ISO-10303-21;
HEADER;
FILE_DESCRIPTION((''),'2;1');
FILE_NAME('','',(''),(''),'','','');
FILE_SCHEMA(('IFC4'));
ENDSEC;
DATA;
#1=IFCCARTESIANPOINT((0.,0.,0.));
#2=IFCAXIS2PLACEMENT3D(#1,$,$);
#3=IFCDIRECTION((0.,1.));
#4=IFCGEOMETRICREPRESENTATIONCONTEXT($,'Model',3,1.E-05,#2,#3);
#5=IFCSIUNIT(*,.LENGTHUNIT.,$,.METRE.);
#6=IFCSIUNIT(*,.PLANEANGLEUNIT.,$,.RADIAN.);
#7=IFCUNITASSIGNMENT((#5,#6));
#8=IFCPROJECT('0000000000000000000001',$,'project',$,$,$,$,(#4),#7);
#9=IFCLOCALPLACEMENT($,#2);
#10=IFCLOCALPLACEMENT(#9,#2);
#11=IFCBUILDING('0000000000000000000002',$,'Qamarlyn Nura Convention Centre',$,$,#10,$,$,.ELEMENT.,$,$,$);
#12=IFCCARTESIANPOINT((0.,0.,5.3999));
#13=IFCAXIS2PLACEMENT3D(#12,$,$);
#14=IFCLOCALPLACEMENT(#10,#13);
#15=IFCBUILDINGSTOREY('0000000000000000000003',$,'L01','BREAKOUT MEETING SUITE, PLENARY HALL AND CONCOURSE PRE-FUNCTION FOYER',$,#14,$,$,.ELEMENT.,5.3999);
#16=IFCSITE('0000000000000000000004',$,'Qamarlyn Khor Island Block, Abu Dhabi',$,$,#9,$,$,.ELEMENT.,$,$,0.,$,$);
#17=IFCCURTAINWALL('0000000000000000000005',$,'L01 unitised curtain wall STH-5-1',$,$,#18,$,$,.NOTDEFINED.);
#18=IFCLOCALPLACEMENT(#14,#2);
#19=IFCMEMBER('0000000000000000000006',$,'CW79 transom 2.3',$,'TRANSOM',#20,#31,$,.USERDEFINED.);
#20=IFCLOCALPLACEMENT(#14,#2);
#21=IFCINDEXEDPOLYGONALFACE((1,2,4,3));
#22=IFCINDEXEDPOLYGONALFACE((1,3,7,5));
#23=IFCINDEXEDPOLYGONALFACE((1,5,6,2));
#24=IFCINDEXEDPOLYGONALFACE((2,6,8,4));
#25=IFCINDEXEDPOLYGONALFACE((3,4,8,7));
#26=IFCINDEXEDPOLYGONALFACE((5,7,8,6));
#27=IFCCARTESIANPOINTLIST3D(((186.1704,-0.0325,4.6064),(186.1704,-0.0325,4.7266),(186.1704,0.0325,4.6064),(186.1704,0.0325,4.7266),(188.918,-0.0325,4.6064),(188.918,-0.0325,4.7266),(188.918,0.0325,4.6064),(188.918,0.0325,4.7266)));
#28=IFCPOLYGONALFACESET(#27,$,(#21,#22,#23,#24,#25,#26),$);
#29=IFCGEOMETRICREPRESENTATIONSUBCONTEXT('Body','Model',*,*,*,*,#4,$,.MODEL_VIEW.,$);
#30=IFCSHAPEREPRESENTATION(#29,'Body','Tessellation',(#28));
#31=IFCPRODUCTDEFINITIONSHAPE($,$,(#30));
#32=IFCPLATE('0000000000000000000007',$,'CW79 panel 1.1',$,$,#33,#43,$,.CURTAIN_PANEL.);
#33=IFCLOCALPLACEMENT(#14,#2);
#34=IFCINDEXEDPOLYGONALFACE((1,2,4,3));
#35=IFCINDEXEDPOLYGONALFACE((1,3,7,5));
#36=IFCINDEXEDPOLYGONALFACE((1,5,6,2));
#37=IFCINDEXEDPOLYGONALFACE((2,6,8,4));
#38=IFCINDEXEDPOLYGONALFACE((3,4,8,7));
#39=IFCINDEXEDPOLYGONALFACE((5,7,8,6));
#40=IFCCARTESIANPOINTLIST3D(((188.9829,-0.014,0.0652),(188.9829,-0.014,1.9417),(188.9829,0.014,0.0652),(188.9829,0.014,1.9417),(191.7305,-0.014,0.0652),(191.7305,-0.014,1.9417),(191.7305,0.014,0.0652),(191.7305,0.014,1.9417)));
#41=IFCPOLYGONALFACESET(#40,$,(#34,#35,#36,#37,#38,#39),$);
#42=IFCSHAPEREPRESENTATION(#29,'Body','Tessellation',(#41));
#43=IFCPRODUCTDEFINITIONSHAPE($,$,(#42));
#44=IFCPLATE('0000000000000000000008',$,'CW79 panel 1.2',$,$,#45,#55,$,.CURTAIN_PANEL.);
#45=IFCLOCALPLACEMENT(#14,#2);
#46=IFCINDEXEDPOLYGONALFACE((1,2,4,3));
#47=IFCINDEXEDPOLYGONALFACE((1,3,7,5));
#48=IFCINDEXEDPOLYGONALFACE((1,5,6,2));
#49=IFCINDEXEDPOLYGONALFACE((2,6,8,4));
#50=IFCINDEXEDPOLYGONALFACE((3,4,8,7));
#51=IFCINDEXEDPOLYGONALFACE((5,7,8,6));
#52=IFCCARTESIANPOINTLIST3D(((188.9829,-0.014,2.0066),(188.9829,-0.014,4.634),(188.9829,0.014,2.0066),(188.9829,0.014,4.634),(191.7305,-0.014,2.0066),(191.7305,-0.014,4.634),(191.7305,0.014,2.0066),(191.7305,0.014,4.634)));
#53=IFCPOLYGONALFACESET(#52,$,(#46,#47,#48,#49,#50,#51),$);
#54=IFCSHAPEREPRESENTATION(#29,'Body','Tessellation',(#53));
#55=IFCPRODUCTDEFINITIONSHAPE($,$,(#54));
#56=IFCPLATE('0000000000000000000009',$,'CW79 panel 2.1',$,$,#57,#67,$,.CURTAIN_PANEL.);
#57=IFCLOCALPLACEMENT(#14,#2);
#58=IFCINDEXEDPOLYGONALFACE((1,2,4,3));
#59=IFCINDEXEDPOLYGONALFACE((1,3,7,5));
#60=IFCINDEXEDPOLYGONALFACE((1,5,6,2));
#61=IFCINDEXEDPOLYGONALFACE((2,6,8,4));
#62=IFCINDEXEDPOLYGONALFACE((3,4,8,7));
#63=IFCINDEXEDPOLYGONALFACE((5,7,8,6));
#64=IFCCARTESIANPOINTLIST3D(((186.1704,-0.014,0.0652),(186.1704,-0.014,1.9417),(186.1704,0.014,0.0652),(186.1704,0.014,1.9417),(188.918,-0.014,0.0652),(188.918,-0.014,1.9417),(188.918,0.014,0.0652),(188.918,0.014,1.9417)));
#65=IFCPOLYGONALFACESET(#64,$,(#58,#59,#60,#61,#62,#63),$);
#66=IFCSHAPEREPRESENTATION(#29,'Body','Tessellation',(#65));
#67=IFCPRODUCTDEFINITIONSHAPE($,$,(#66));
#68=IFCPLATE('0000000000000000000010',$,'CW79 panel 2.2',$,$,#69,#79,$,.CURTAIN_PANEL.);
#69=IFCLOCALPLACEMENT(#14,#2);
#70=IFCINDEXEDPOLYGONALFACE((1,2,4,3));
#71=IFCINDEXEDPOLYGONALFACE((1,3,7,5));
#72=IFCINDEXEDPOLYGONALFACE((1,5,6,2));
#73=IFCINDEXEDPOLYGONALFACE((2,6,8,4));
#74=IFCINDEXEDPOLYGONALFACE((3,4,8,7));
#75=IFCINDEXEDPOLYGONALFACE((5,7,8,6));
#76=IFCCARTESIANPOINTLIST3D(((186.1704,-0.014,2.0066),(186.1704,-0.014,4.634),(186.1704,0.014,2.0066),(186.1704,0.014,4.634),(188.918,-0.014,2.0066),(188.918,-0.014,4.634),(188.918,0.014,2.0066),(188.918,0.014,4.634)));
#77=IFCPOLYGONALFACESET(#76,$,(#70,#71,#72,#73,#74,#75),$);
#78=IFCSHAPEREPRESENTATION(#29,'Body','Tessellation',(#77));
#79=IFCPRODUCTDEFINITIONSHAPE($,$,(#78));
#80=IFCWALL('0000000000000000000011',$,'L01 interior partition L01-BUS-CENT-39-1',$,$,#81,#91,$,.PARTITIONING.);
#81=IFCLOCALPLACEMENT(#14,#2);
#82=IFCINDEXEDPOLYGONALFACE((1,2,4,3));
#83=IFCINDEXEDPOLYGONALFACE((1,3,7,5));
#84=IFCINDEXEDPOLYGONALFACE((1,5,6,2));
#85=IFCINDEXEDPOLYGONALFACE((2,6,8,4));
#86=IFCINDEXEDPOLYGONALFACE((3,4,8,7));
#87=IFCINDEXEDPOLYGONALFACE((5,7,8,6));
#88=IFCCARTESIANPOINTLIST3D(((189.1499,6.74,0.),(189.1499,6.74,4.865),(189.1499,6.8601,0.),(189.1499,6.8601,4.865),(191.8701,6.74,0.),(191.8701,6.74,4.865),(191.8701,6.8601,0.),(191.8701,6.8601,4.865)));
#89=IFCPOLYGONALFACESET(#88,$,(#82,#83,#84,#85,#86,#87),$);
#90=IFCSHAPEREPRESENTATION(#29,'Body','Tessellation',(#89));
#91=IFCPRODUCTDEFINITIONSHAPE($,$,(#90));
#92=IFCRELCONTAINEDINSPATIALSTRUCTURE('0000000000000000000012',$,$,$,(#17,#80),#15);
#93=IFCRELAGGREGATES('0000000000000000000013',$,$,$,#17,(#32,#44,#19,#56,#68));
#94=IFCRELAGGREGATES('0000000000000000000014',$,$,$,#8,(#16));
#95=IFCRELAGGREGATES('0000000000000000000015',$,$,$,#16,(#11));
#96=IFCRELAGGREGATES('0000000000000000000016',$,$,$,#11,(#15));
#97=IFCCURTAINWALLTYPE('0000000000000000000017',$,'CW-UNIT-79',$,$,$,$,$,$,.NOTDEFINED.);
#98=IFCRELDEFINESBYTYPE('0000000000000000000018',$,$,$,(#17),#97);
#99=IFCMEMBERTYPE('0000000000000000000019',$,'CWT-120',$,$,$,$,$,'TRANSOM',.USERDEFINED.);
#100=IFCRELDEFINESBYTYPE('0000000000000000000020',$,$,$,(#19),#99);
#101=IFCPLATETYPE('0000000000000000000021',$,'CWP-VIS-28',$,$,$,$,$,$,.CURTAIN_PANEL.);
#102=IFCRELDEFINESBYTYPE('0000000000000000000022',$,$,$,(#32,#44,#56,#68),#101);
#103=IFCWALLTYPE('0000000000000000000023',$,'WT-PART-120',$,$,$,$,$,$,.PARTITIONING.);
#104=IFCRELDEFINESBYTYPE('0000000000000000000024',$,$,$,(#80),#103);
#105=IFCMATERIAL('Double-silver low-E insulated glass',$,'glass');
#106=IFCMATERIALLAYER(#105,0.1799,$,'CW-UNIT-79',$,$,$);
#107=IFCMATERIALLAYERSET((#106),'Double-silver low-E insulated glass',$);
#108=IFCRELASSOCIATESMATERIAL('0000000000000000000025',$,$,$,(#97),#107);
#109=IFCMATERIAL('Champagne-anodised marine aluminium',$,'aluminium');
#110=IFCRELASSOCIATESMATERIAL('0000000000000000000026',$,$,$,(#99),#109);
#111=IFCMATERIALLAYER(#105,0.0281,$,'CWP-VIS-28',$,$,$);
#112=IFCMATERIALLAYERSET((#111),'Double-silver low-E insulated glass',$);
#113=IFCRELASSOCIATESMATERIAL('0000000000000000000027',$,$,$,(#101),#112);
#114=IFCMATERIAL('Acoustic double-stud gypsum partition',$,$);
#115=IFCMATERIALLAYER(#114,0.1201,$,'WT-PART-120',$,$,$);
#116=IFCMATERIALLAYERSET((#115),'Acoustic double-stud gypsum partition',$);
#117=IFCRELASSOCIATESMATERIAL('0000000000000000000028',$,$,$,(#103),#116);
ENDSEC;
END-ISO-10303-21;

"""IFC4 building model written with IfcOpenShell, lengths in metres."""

from ifc_helpers import new_model, si_unit, direction, frame, frame_2d, origin, origin_2d, place, context, subcontext, project, spatial, rectangle, extrude, material, layer, layer_set, material_profile, profile_set, type_object, element, aggregate, save


model = new_model("IFC4")

# Units and contexts
model_context = context("Model", 3, precision=1e-05, world=origin(), true_north=direction((0.0, 1.0)))
body_context = subcontext(model_context, "Body", "Model", "MODEL_VIEW")
ifc_project = project(units=[si_unit("LENGTHUNIT", "METRE"), si_unit("PLANEANGLEUNIT", "RADIAN")], contexts=[model_context])

# Site, building, storey
site_placement = place(None, origin())
site = spatial("IfcSite", under=ifc_project, at=site_placement, Name="Qamarlyn Khor Island Block, Abu Dhabi", CompositionType="ELEMENT", RefElevation=0.0)
building_placement = place(site_placement, origin())
building = spatial("IfcBuilding", under=site, at=building_placement, Name="Qamarlyn Nura Convention Centre", CompositionType="ELEMENT")
storey_placement = place(building_placement, frame((0.0, 0.0, 5.3999)))
storey = spatial("IfcBuildingStorey", under=building, at=storey_placement, Name="L01", Description="BREAKOUT MEETING SUITE, PLENARY HALL AND CONCOURSE PRE-FUNCTION FOYER", CompositionType="ELEMENT", Elevation=5.3999)

# Curtain wall
ifc_material_1 = material(Name="Double-silver low-E insulated glass", Category="glass")
ifc_layer_1 = layer(ifc_material_1, 0.1799, Name="CW-UNIT-79")
ifc_layer_set_1 = layer_set([ifc_layer_1], Name="Double-silver low-E insulated glass")
curtain_wall_type_1 = type_object("IfcCurtainWallType", Name="CW-UNIT-79", PredefinedType="NOTDEFINED", material=ifc_layer_set_1)
curtain_wall_1_placement = place(storey_placement, origin())
curtain_wall_1 = element("IfcCurtainWall", 1, at=curtain_wall_1_placement, inside=storey, type_object=curtain_wall_type_1, Name="L01 unitised curtain wall STH-5-1", PredefinedType="NOTDEFINED")
ifc_material_2 = material(Name="Champagne-anodised marine aluminium", Category="aluminium")

# Member
ifc_material_profile_1 = material_profile(ifc_material_2, rectangle(XDim=0.0649, YDim=0.1201, at=origin_2d()), Name="ALU TRANSOM 65x120")
ifc_profile_set_1 = profile_set([ifc_material_profile_1], Name="Champagne-anodised marine aluminium")
member_type_1 = type_object("IfcMemberType", Name="CWT-120", ElementType="TRANSOM", PredefinedType="USERDEFINED", material=ifc_profile_set_1)
member_1_placement = place(storey_placement, frame((188.918, 0.0, 4.6665), z_axis=(-1.0, 0.0, 0.0), x_axis=(0.0, -1.0, 0.0)))
member_1 = element("IfcMember", 2, at=member_1_placement, type_object=member_type_1, Name="CW79 transom 2.3", ObjectType="TRANSOM", PredefinedType="USERDEFINED", context=body_context, shape_type="SweptSolid", body=[
    extrude(rectangle(XDim=0.0649, YDim=0.1201, at=origin_2d()), origin(), (0.0, 0.0, 1.0), 2.7476),
])

# Plates
ifc_layer_2 = layer(ifc_material_1, 0.0281, Name="CWP-VIS-28")
ifc_layer_set_2 = layer_set([ifc_layer_2], Name="Double-silver low-E insulated glass")
plate_type = type_object("IfcPlateType", Name="CWP-VIS-28", PredefinedType="CURTAIN_PANEL", material=ifc_layer_set_2)
plate_1_placement = place(storey_placement, frame((190.3567, 0.0, 0.0652), z_axis=(0.0, 0.0, 1.0), x_axis=(-1.0, 0.0, 0.0)))
plate_1 = element("IfcPlate", 3, at=plate_1_placement, type_object=plate_type, Name="CW79 panel 1.1", PredefinedType="CURTAIN_PANEL", context=body_context, shape_type="SweptSolid", body=[
    extrude(rectangle(XDim=2.7476, YDim=0.0281, at=origin_2d()), origin(), (0.0, 0.0, 1.0), 1.8765),
])
plate_2_placement = place(storey_placement, frame((190.3567, 0.0, 2.0066), z_axis=(0.0, 0.0, 1.0), x_axis=(-1.0, 0.0, 0.0)))
plate_2 = element("IfcPlate", 4, at=plate_2_placement, type_object=plate_type, Name="CW79 panel 1.2", PredefinedType="CURTAIN_PANEL", context=body_context, shape_type="SweptSolid", body=[
    extrude(rectangle(XDim=2.7476, YDim=0.0281, at=origin_2d()), origin(), (0.0, 0.0, 1.0), 2.6274),
])
plate_3_placement = place(storey_placement, frame((187.5442, 0.0, 0.0652), z_axis=(0.0, 0.0, 1.0), x_axis=(-1.0, 0.0, 0.0)))
plate_3 = element("IfcPlate", 5, at=plate_3_placement, type_object=plate_type, Name="CW79 panel 2.1", PredefinedType="CURTAIN_PANEL", context=body_context, shape_type="SweptSolid", body=[
    extrude(rectangle(XDim=2.7476, YDim=0.0281, at=origin_2d()), origin(), (0.0, 0.0, 1.0), 1.8765),
])
plate_4_placement = place(storey_placement, frame((187.5442, 0.0, 2.0066), z_axis=(0.0, 0.0, 1.0), x_axis=(-1.0, 0.0, 0.0)))
plate_4 = element("IfcPlate", 6, at=plate_4_placement, type_object=plate_type, Name="CW79 panel 2.2", PredefinedType="CURTAIN_PANEL", context=body_context, shape_type="SweptSolid", body=[
    extrude(rectangle(XDim=2.7476, YDim=0.0281, at=origin_2d()), origin(), (0.0, 0.0, 1.0), 2.6274),
])
aggregate(curtain_wall_1, [plate_1, plate_2, member_1, plate_3, plate_4])

# Shared definitions
ifc_material_3 = material(Name="Acoustic double-stud gypsum partition")
ifc_layer_3 = layer(ifc_material_3, 0.1201, Name="WT-PART-120")
ifc_layer_set_3 = layer_set([ifc_layer_3], Name="Acoustic double-stud gypsum partition")
wall_type = type_object("IfcWallType", Name="WT-PART-120", PredefinedType="PARTITIONING", material=ifc_layer_set_3)

# Wall
wall_1_placement = place(storey_placement, frame((189.1499, 6.8, 0.0), z_axis=(0.0, 0.0, 1.0), x_axis=(1.0, 0.0, 0.0)))
element("IfcWall", 7, at=wall_1_placement, inside=storey, type_object=wall_type, Name="L01 interior partition L01-BUS-CENT-39-1", PredefinedType="PARTITIONING", context=body_context, shape_type="SweptSolid", body=[
    extrude(rectangle(XDim=2.7202, YDim=0.1201, at=frame_2d((1.3601, 0.0))), origin(), (0.0, 0.0, 1.0), 4.865),
])

save(model, "model.ifc")
